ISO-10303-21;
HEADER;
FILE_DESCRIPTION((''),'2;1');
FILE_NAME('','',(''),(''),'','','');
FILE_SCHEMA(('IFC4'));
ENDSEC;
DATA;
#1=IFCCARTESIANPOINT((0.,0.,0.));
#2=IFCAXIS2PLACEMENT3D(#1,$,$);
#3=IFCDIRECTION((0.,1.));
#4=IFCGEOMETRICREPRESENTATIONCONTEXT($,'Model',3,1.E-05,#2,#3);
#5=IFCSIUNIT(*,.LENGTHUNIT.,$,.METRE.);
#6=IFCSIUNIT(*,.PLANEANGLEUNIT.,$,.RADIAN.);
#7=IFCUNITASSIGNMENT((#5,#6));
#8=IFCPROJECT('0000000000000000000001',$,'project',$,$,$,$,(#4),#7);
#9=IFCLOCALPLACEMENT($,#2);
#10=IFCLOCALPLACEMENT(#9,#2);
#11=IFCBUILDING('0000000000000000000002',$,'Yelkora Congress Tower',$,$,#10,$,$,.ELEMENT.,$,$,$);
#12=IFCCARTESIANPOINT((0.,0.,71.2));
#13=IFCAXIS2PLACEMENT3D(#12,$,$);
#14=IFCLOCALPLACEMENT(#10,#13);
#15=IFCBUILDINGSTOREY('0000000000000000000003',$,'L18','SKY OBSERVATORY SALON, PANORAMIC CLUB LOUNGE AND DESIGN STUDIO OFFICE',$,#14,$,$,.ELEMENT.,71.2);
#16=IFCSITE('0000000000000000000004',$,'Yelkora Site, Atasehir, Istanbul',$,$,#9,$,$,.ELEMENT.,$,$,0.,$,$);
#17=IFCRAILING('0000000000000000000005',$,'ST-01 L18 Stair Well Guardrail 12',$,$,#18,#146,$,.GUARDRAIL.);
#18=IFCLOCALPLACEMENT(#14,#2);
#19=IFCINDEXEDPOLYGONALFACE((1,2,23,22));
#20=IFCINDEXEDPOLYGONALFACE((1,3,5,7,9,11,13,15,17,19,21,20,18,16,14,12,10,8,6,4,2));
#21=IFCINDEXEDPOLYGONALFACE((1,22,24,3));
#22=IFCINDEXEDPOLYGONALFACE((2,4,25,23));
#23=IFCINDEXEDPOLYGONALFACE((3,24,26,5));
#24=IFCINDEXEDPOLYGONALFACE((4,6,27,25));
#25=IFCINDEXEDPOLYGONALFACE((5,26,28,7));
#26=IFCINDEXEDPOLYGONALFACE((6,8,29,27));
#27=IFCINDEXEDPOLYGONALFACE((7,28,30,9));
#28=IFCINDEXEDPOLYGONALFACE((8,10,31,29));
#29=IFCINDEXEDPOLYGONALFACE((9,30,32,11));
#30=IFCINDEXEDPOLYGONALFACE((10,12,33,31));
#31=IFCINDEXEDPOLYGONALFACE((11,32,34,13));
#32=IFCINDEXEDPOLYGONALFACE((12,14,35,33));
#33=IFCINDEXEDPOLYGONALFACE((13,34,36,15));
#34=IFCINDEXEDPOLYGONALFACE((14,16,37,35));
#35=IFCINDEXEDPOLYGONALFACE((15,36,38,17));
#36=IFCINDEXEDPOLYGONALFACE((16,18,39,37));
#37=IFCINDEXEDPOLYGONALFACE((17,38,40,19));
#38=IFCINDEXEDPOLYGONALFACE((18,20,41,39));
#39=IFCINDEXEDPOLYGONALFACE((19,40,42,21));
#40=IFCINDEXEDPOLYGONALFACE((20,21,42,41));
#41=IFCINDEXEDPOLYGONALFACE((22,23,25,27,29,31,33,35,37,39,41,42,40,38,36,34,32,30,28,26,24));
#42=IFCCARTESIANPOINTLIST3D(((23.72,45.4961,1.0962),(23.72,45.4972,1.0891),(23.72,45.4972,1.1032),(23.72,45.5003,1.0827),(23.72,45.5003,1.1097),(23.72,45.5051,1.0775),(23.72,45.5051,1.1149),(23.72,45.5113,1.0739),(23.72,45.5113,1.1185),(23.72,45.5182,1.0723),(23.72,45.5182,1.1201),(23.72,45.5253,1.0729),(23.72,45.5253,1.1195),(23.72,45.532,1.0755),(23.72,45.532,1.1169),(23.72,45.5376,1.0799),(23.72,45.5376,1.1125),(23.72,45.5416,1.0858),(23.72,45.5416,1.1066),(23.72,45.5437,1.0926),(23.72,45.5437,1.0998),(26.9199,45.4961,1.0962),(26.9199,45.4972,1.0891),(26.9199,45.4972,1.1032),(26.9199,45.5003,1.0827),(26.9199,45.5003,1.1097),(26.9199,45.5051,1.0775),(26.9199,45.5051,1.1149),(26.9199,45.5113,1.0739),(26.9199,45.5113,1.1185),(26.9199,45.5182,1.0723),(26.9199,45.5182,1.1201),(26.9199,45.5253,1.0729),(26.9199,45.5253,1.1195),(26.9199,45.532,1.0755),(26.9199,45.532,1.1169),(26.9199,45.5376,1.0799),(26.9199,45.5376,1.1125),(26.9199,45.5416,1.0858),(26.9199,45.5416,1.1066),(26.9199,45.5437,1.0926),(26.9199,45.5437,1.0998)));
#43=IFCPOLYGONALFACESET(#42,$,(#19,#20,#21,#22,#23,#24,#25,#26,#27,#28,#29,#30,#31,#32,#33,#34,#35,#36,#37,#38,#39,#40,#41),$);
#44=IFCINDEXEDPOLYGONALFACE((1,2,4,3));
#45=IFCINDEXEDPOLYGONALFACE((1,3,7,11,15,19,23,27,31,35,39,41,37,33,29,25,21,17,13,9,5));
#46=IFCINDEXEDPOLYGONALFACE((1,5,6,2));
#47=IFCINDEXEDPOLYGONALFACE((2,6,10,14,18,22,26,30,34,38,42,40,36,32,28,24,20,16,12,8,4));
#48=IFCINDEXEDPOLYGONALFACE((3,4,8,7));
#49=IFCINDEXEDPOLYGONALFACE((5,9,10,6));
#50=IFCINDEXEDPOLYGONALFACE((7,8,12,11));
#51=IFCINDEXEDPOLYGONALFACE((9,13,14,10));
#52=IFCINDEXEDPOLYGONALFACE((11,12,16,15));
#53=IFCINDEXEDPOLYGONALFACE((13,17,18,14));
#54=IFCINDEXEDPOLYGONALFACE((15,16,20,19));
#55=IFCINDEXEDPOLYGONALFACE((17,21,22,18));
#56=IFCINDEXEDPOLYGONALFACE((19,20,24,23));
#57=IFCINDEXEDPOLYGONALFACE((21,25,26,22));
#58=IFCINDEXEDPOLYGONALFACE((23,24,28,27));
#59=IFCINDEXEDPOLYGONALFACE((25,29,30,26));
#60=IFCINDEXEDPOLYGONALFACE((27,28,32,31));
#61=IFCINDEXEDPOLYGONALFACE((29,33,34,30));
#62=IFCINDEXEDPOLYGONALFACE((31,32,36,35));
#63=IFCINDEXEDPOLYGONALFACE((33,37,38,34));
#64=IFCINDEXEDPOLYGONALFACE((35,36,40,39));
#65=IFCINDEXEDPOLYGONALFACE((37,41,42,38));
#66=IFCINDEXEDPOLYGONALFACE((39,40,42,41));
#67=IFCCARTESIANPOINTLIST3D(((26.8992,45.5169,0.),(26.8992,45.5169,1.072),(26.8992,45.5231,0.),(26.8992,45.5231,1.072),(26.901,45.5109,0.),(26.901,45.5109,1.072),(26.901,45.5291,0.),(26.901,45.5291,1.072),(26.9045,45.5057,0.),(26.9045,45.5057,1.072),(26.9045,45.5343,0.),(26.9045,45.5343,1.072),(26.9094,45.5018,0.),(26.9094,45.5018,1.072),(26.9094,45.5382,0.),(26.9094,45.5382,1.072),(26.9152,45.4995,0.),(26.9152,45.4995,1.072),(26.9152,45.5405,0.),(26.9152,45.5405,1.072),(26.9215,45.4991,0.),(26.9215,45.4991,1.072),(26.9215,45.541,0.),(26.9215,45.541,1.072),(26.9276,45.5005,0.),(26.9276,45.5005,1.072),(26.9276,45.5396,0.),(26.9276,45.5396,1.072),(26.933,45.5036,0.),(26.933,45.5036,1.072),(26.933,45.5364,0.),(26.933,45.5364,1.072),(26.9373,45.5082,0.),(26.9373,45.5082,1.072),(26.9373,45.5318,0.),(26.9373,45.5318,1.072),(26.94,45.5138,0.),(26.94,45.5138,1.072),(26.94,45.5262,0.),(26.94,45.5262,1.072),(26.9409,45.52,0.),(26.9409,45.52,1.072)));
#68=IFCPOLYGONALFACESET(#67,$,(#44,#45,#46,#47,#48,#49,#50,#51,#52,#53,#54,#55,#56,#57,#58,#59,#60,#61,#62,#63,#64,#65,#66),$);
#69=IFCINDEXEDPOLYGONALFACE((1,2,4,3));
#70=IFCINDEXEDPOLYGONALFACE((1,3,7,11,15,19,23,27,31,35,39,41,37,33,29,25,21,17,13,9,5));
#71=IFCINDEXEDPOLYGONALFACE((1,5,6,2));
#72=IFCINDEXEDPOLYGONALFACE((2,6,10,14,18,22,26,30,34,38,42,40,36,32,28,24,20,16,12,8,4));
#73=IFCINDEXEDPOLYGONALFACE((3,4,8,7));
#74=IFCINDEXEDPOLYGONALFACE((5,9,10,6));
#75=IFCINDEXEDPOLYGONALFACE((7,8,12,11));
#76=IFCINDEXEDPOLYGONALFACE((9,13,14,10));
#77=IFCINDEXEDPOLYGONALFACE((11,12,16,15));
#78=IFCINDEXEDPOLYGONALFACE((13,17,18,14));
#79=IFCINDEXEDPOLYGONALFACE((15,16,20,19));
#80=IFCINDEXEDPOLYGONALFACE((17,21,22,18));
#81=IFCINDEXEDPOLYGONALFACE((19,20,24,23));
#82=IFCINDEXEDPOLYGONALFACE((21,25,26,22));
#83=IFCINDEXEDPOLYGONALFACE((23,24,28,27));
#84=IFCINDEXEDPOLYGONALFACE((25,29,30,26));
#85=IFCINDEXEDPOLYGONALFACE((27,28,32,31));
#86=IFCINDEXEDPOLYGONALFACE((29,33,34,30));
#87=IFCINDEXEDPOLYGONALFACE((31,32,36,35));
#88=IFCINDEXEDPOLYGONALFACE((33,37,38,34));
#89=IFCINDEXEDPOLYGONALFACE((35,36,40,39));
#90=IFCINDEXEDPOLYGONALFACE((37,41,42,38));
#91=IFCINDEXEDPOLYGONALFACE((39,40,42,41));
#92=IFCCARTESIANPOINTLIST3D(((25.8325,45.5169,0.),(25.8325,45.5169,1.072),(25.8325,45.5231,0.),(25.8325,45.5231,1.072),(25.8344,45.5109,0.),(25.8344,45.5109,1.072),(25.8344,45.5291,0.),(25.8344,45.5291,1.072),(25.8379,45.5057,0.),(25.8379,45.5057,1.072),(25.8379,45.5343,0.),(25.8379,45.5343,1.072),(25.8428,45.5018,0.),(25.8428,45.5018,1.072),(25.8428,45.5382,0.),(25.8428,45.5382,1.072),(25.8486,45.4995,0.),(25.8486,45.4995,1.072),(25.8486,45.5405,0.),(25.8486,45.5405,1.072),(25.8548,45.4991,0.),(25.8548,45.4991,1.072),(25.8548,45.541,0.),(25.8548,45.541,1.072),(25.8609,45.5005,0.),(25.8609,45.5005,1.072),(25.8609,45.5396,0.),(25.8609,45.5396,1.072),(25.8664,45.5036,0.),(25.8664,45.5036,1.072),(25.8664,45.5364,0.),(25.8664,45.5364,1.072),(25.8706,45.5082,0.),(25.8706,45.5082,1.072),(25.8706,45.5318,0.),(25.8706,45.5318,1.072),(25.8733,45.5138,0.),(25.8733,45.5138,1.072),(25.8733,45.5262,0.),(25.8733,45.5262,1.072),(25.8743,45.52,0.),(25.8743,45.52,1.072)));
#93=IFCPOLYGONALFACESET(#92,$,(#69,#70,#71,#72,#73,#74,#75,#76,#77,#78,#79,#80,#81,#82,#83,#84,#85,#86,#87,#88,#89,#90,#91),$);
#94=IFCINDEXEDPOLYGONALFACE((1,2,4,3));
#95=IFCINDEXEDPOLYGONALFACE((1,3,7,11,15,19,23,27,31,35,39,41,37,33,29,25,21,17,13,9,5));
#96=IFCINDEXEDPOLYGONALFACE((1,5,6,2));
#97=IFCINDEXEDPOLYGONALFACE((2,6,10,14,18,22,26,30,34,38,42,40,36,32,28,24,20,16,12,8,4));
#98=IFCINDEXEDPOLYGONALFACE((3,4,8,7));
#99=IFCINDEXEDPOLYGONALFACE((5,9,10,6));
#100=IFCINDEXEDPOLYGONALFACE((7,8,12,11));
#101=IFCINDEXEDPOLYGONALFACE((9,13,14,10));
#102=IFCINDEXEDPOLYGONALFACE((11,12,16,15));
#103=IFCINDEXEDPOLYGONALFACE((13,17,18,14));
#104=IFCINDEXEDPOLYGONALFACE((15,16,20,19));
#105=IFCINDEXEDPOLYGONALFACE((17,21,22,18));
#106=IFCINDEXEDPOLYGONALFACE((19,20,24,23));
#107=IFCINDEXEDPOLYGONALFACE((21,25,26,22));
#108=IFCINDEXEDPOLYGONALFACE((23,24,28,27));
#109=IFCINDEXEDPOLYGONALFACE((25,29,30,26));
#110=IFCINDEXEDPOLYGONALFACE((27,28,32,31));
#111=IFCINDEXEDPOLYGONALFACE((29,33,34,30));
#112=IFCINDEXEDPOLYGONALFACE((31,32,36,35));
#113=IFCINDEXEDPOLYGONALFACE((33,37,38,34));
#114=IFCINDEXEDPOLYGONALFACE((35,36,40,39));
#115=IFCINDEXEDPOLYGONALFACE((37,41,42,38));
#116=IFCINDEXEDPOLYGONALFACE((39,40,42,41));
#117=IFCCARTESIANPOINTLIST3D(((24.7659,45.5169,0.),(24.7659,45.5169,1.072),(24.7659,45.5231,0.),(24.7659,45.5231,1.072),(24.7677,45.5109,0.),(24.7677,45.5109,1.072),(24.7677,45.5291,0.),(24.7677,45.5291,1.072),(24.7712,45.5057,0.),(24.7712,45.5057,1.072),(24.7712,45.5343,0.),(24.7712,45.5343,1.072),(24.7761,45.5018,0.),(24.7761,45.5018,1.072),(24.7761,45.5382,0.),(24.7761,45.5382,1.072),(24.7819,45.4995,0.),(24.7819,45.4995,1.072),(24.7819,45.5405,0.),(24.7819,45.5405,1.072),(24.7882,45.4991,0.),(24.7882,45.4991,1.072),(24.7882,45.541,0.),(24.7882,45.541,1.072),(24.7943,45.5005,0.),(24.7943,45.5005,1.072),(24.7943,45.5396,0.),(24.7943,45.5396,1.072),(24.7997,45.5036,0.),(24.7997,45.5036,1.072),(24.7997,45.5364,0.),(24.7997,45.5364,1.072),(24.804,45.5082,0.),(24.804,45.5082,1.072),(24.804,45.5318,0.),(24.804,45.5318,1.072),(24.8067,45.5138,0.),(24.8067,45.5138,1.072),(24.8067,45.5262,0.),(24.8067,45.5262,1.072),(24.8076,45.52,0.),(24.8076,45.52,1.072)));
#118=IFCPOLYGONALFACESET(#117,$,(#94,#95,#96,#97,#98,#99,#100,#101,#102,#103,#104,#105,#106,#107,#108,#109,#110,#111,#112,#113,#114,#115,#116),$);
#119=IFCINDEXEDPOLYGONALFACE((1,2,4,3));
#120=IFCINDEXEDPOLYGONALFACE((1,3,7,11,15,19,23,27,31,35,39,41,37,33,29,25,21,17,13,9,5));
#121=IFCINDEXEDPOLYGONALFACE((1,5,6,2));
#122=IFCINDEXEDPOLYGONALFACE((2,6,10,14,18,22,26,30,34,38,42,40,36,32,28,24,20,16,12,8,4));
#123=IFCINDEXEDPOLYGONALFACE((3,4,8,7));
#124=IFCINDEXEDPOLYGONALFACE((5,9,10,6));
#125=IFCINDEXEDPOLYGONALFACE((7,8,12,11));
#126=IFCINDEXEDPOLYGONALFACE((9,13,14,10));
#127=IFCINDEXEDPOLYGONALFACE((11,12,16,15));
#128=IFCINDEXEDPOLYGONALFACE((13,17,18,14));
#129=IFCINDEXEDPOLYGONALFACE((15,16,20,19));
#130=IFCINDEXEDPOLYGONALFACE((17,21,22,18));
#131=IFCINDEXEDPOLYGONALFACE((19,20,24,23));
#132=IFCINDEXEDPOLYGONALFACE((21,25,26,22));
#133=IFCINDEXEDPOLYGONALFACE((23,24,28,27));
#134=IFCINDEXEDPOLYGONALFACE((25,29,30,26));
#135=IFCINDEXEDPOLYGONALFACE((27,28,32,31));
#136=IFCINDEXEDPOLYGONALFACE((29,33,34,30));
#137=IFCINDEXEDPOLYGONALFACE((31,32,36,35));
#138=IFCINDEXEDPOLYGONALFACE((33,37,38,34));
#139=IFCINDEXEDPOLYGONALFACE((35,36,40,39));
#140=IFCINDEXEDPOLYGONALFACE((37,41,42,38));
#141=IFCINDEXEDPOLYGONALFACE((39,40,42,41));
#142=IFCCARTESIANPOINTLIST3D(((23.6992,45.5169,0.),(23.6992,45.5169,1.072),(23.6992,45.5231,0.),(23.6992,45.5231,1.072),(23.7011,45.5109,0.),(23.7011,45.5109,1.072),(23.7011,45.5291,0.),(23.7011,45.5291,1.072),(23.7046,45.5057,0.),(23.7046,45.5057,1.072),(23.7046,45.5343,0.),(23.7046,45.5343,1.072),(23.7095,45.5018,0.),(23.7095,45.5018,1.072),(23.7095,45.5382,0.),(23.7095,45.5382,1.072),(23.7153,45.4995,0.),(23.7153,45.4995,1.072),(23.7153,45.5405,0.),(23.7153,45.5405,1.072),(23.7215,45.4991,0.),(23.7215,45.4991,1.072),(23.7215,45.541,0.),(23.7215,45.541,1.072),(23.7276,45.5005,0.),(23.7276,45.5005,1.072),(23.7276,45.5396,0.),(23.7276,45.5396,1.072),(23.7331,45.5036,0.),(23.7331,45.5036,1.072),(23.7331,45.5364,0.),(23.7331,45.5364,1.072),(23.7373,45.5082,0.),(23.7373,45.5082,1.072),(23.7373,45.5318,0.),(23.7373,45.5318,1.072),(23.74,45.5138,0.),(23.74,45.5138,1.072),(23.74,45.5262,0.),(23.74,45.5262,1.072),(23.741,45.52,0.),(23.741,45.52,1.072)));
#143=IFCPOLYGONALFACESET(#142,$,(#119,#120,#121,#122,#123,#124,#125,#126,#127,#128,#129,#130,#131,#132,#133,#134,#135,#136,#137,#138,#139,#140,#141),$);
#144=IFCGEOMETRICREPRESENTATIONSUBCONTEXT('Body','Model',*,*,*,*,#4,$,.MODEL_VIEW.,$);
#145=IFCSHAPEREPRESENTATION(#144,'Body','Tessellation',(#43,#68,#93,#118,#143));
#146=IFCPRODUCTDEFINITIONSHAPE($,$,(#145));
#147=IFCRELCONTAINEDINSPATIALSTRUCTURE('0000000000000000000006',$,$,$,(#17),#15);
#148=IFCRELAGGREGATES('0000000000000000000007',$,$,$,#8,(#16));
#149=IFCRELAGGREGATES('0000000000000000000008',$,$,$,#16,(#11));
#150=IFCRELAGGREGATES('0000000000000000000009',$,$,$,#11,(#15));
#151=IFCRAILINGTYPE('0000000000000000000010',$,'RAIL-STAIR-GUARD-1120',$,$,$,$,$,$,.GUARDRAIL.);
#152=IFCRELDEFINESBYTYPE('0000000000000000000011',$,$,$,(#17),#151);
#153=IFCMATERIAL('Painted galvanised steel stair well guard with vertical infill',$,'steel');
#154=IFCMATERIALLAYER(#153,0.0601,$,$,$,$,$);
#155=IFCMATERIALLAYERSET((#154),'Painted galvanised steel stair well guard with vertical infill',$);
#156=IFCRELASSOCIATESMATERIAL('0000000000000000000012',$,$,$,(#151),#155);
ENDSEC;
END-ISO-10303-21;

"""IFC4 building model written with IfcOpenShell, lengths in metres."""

from ifc_helpers import new_model, si_unit, direction, frame, origin, origin_2d, place, context, subcontext, project, spatial, circle, extrude, material, layer, layer_set, type_object, element, save


model = new_model("IFC4")

# Units and contexts
model_context = context("Model", 3, precision=1e-05, world=origin(), true_north=direction((0.0, 1.0)))
body_context = subcontext(model_context, "Body", "Model", "MODEL_VIEW")
ifc_project = project(units=[si_unit("LENGTHUNIT", "METRE"), si_unit("PLANEANGLEUNIT", "RADIAN")], contexts=[model_context])

# Site, building, storey
site_placement = place(None, origin())
site = spatial("IfcSite", under=ifc_project, at=site_placement, Name="Yelkora Site, Atasehir, Istanbul", CompositionType="ELEMENT", RefElevation=0.0)
building_placement = place(site_placement, origin())
building = spatial("IfcBuilding", under=site, at=building_placement, Name="Yelkora Congress Tower", CompositionType="ELEMENT")
storey_placement = place(building_placement, frame((0.0, 0.0, 71.2)))
storey = spatial("IfcBuildingStorey", under=building, at=storey_placement, Name="L18", Description="SKY OBSERVATORY SALON, PANORAMIC CLUB LOUNGE AND DESIGN STUDIO OFFICE", CompositionType="ELEMENT", Elevation=71.2)

# Railing
ifc_material_1 = material(Name="Painted galvanised steel stair well guard with vertical infill", Category="steel")
ifc_layer_1 = layer(ifc_material_1, 0.0601)
ifc_layer_set_1 = layer_set([ifc_layer_1], Name="Painted galvanised steel stair well guard with vertical infill")
railing_type_1 = type_object("IfcRailingType", Name="RAIL-STAIR-GUARD-1120", PredefinedType="GUARDRAIL", material=ifc_layer_set_1)
railing_1_placement = place(storey_placement, frame((26.9199, 45.52, 0.0)))
element("IfcRailing", 1, at=railing_1_placement, inside=storey, type_object=railing_type_1, Name="ST-01 L18 Stair Well Guardrail 12", PredefinedType="GUARDRAIL", context=body_context, shape_type="SweptSolid", body=[
    extrude(circle(Radius=0.0239, at=origin_2d()), frame((0.0, 0.0, 1.0962), z_axis=(-1.0, 0.0, 0.0), x_axis=(0.0, -1.0, 0.0)), (0.0, 0.0, 1.0), 3.2),
    extrude(circle(Radius=0.021, at=origin_2d()), origin(), (0.0, 0.0, 1.0), 1.072),
    extrude(circle(Radius=0.021, at=origin_2d()), frame((-1.0667, 0.0, 0.0)), (0.0, 0.0, 1.0), 1.072),
    extrude(circle(Radius=0.021, at=origin_2d()), frame((-2.1333, 0.0, 0.0)), (0.0, 0.0, 1.0), 1.072),
    extrude(circle(Radius=0.021, at=origin_2d()), frame((-3.2, 0.0, 0.0)), (0.0, 0.0, 1.0), 1.072),
])

save(model, "model.ifc")
